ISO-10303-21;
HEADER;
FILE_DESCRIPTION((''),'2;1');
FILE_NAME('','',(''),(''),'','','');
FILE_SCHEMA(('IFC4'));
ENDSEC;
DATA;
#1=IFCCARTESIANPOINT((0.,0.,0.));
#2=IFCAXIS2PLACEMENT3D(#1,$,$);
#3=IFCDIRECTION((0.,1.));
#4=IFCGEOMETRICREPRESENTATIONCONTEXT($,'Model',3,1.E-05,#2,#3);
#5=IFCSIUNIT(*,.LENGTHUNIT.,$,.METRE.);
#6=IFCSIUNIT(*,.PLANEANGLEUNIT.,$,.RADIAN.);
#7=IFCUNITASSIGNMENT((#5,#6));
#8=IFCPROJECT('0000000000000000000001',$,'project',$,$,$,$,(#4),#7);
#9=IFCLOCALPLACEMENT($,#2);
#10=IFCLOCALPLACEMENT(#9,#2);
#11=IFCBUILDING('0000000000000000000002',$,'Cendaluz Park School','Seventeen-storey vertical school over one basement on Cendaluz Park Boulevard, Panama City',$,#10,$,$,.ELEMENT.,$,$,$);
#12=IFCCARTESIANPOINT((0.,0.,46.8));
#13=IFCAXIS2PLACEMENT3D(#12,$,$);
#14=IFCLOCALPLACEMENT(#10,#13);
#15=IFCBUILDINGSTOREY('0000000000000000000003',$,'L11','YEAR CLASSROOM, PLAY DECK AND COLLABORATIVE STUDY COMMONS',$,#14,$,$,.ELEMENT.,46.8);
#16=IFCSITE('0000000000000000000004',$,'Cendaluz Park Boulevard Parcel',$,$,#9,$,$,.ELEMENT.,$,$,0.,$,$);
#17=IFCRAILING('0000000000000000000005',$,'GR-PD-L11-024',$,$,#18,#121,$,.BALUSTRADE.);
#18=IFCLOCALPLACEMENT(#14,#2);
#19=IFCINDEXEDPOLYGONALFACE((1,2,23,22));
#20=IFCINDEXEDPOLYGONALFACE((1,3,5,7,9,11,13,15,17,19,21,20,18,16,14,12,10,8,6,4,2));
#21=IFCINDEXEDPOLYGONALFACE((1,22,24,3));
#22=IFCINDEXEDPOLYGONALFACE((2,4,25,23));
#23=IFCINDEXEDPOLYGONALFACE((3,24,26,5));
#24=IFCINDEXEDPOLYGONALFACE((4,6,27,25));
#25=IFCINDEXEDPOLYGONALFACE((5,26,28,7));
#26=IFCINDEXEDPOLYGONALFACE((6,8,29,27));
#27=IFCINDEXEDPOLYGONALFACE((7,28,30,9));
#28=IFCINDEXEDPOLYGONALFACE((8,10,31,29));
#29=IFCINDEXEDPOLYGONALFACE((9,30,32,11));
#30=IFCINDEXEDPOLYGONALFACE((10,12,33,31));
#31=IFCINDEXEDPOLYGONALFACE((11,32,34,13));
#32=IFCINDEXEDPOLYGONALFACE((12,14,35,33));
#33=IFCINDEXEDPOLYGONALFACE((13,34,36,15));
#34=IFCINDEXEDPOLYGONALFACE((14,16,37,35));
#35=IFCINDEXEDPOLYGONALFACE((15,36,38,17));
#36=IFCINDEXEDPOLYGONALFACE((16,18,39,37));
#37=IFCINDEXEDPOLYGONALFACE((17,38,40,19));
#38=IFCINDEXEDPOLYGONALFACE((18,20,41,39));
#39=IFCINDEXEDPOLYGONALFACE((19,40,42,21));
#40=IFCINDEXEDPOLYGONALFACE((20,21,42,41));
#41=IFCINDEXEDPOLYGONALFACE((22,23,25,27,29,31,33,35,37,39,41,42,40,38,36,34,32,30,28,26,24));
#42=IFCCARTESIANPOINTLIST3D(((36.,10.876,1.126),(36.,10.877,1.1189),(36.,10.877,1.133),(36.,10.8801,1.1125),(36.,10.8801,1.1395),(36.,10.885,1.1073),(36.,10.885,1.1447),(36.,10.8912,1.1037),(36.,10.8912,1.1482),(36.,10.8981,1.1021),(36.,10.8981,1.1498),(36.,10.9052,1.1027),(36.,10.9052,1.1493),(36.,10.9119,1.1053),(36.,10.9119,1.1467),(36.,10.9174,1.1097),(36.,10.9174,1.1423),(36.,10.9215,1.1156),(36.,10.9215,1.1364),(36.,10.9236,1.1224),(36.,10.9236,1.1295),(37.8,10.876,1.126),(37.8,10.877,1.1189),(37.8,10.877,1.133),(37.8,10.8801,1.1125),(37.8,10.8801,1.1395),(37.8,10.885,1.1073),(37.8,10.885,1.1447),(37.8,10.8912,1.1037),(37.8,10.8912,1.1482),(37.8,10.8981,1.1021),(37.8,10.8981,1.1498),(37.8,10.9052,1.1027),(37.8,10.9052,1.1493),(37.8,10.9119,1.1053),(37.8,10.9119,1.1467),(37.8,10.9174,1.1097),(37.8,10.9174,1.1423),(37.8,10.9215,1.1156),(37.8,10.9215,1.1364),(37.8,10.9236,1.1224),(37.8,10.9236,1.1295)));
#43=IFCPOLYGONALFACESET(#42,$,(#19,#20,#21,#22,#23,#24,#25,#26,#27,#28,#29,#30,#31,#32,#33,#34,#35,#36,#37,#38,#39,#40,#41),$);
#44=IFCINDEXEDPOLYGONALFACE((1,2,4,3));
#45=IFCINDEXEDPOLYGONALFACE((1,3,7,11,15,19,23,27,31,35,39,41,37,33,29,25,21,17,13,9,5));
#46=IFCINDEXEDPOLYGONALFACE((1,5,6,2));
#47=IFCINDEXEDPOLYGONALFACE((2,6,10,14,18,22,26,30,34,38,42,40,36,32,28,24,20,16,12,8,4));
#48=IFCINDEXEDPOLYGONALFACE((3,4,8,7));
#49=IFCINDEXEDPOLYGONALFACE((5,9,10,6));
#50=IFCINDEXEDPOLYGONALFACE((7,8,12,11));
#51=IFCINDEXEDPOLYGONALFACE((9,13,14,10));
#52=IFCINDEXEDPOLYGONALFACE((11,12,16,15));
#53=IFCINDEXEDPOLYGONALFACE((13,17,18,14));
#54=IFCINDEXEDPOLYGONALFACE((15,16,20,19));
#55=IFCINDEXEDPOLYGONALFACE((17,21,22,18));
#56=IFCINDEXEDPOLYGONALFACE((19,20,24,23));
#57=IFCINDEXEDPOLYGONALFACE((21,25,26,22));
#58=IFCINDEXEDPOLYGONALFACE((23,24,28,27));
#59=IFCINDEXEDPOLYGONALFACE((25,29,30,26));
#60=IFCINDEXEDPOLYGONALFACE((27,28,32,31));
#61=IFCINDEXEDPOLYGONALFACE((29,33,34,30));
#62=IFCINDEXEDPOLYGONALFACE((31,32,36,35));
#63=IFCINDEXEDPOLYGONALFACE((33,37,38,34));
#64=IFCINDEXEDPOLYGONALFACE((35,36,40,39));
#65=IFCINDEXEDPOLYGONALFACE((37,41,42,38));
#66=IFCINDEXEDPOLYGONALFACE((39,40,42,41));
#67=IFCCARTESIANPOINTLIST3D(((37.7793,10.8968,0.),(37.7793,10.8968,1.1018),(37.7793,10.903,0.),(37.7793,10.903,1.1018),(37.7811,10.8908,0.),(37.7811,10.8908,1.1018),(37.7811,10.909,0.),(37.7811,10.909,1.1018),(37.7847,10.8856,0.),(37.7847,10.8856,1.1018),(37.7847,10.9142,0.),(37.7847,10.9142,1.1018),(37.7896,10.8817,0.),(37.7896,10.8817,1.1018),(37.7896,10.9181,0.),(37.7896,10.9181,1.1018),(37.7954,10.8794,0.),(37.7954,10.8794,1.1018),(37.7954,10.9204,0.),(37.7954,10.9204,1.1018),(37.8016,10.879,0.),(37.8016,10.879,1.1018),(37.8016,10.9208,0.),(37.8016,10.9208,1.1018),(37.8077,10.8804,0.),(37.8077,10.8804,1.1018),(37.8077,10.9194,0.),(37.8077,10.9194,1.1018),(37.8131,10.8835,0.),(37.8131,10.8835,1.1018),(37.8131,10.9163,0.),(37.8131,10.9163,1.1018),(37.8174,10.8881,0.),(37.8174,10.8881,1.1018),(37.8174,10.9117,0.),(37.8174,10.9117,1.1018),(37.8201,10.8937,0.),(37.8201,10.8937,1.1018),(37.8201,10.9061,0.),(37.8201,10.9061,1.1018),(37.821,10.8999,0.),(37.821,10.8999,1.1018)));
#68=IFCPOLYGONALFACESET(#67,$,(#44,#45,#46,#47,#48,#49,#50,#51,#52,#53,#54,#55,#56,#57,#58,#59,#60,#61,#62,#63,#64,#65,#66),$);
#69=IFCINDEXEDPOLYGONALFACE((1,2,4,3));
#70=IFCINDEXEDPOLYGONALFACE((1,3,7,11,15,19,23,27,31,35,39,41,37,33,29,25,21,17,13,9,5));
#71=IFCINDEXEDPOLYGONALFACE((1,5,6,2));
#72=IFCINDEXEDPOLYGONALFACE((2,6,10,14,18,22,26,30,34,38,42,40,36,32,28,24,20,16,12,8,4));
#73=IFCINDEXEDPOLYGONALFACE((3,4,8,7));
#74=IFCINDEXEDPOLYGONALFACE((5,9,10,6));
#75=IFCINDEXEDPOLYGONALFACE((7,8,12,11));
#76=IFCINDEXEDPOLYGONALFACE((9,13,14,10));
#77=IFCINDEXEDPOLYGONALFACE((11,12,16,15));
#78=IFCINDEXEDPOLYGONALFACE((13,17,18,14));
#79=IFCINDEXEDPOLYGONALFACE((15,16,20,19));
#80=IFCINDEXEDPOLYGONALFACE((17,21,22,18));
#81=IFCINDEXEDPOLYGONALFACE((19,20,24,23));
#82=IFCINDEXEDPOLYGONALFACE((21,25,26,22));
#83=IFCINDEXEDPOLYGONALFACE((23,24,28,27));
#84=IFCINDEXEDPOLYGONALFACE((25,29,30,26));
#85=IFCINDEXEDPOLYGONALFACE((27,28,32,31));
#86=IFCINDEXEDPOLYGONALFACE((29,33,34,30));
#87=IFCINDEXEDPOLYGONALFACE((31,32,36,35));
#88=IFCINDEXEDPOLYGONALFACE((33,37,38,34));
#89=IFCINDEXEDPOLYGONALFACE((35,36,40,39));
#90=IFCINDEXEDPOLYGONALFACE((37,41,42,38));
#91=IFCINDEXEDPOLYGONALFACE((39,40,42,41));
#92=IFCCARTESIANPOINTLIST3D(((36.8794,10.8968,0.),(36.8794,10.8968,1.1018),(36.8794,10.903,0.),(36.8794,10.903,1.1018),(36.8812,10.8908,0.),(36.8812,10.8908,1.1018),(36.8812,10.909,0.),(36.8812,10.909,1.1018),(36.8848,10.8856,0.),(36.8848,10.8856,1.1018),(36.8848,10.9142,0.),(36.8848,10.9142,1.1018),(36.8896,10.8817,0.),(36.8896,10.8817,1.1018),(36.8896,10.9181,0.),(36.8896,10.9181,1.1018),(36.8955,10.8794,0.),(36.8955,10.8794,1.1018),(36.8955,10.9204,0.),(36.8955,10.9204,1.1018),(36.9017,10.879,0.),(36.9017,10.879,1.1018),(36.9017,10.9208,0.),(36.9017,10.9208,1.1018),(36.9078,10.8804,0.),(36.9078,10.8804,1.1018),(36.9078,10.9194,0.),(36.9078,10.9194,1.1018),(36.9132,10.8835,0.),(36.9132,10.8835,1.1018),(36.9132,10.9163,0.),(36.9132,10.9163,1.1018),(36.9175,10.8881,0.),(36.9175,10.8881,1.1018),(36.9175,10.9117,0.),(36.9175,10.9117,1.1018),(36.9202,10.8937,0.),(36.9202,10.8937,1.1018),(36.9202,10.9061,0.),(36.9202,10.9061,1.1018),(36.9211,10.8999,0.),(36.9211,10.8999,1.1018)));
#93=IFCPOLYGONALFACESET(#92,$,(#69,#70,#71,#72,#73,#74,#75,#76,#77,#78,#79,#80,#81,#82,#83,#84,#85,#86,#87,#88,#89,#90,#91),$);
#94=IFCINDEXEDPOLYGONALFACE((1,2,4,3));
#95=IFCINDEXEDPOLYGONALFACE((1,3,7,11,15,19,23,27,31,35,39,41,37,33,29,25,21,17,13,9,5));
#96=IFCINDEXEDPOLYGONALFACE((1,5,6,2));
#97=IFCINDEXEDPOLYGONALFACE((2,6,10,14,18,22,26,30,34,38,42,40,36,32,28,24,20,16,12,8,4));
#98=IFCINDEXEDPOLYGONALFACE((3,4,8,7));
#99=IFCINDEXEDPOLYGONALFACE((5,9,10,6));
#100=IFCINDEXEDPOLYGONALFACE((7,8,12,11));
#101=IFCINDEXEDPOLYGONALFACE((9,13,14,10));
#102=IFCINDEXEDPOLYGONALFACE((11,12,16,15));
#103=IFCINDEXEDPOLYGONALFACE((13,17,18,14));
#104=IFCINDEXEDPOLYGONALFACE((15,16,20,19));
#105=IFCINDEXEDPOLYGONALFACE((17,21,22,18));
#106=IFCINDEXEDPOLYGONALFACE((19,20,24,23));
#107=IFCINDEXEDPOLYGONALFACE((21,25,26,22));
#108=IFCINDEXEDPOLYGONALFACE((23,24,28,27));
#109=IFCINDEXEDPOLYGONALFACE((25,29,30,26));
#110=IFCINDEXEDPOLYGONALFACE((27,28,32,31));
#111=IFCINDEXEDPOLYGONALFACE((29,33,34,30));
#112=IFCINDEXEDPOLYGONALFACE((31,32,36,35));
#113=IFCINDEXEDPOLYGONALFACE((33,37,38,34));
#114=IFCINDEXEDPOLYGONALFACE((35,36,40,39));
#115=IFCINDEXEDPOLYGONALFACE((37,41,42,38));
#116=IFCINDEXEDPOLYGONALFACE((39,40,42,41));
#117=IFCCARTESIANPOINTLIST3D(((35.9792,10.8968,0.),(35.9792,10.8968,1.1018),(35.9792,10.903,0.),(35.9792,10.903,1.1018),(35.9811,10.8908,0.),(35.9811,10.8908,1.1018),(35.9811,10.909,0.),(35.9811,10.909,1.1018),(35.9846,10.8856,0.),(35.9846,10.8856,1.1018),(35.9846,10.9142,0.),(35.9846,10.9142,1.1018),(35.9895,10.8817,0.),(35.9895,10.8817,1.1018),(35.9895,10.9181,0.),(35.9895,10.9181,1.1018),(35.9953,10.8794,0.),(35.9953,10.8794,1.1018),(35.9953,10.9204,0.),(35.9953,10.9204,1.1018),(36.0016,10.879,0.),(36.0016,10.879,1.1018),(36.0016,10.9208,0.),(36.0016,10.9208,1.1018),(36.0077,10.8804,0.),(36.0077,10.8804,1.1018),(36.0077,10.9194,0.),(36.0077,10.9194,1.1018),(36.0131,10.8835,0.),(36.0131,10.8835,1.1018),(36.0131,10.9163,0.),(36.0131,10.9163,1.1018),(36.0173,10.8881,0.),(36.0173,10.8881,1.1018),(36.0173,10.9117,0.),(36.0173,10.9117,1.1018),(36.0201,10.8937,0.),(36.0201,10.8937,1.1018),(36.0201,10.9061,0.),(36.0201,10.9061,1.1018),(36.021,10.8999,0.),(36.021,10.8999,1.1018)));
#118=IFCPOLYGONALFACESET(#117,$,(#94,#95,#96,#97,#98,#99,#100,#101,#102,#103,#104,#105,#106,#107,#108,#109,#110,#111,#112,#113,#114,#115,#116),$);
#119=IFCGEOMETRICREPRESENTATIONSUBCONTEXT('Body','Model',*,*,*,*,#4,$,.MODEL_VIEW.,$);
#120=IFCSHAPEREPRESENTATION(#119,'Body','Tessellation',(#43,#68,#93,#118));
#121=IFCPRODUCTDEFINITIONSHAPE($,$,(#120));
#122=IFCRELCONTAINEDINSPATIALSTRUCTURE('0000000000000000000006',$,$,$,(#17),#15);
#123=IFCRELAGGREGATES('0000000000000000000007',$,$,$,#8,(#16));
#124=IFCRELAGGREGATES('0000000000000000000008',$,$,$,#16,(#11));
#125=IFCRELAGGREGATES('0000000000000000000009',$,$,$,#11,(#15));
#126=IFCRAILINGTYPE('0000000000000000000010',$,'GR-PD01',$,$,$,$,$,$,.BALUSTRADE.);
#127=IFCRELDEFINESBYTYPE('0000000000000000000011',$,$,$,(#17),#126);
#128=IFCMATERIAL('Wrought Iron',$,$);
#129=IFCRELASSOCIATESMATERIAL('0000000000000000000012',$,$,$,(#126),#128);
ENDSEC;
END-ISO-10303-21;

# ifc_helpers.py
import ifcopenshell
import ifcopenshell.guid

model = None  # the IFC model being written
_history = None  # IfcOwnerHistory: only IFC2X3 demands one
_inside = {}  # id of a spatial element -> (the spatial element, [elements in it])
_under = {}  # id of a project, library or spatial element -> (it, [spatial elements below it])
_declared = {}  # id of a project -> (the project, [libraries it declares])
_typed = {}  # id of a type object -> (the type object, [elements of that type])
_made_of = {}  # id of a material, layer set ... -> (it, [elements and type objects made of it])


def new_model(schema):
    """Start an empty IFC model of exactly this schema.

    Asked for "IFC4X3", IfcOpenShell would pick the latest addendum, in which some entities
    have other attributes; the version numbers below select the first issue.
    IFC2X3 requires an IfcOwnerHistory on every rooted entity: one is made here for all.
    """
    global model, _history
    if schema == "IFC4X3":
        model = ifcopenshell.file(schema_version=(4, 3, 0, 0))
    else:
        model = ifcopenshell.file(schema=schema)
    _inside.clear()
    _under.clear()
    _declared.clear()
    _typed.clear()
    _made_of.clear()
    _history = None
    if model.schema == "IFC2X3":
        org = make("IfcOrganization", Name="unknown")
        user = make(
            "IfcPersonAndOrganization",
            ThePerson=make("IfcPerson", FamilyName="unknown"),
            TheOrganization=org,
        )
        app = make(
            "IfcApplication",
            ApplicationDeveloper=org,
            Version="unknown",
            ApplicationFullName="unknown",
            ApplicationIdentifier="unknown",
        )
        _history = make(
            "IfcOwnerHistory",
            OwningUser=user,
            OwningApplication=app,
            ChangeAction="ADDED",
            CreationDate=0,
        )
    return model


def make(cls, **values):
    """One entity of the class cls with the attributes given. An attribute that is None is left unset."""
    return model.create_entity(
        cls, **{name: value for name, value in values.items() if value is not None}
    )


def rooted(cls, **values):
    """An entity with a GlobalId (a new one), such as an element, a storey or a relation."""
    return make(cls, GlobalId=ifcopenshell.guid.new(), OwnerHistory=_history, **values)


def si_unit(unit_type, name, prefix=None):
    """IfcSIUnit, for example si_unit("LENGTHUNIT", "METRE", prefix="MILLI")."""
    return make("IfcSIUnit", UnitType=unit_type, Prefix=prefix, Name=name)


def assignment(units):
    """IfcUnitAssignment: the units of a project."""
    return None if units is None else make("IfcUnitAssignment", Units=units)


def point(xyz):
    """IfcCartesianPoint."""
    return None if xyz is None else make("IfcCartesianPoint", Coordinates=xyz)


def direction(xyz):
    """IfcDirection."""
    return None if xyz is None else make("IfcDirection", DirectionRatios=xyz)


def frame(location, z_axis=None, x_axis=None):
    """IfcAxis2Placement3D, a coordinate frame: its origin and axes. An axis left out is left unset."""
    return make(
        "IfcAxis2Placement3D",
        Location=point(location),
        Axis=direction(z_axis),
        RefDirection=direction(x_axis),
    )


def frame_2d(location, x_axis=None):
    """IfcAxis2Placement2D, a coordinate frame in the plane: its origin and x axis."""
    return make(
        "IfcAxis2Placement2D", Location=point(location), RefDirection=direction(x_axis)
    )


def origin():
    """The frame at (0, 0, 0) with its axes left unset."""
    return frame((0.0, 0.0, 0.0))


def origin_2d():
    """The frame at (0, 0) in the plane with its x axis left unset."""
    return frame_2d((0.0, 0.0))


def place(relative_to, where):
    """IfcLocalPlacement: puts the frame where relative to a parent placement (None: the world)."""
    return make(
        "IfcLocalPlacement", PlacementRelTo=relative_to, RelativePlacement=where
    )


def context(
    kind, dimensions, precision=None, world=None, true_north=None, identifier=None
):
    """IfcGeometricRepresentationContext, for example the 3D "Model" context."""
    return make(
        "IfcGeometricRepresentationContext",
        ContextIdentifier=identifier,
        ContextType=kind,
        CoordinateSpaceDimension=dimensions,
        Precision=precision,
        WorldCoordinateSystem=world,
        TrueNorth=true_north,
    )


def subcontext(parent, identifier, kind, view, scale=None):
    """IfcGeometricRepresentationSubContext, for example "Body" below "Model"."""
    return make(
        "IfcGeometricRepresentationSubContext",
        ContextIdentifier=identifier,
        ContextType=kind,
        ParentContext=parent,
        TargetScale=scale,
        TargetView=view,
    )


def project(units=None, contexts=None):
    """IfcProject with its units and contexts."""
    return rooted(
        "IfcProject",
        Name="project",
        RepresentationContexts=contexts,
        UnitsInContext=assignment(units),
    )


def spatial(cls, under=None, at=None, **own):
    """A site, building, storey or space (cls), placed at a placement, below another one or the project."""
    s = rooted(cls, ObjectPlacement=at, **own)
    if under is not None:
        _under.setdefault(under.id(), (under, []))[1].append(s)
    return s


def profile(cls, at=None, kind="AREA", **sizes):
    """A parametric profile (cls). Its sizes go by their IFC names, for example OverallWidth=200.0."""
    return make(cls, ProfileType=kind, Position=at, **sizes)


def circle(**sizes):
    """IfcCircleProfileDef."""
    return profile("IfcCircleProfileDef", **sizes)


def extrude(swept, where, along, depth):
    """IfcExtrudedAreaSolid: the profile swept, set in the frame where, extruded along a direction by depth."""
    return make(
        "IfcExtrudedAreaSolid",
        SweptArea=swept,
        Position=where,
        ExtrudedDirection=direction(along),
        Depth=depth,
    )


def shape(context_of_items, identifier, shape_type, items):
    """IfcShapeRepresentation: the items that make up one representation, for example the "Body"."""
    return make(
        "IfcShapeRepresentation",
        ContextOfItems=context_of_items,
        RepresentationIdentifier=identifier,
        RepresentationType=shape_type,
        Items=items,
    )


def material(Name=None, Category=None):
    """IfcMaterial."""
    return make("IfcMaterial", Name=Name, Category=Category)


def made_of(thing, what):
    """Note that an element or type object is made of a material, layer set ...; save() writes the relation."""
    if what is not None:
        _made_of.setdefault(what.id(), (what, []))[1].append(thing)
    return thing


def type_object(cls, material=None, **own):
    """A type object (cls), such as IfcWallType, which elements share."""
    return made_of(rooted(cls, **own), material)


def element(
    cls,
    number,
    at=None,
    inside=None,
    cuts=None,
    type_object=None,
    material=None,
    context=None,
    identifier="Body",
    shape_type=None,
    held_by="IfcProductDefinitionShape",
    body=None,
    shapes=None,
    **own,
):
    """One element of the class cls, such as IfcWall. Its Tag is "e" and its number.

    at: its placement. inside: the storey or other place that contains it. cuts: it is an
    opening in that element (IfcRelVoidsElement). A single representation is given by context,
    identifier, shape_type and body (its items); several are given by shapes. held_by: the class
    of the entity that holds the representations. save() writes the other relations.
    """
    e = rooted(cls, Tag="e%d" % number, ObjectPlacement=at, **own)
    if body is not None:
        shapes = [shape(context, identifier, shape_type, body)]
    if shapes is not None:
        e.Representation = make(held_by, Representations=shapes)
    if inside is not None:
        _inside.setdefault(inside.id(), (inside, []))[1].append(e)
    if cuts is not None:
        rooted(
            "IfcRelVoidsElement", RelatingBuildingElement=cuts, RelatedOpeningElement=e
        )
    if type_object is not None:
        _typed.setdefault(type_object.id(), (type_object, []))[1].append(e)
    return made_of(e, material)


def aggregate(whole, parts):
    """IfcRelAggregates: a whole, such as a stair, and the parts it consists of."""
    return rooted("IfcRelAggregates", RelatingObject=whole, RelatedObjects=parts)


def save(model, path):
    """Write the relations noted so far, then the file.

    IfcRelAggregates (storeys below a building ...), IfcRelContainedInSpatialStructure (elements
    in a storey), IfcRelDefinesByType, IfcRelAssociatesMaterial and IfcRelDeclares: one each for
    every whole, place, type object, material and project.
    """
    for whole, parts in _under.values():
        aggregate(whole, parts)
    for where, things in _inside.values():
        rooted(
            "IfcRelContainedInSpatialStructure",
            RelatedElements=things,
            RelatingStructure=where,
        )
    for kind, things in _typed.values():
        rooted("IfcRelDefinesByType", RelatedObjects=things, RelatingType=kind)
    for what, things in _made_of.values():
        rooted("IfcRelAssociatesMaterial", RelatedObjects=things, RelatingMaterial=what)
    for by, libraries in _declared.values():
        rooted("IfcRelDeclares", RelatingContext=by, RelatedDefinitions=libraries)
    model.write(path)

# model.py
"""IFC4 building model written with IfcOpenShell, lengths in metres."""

from ifc_helpers import new_model, si_unit, direction, frame, origin, origin_2d, place, context, subcontext, project, spatial, circle, extrude, material, type_object, element, save


model = new_model("IFC4")

# Units and contexts
model_context = context("Model", 3, precision=1e-05, world=origin(), true_north=direction((0.0, 1.0)))
body_context = subcontext(model_context, "Body", "Model", "MODEL_VIEW")
ifc_project = project(units=[si_unit("LENGTHUNIT", "METRE"), si_unit("PLANEANGLEUNIT", "RADIAN")], contexts=[model_context])

# Site, building, storey
site_placement = place(None, origin())
site = spatial("IfcSite", under=ifc_project, at=site_placement, Name="Cendaluz Park Boulevard Parcel", CompositionType="ELEMENT", RefElevation=0.0)
building_placement = place(site_placement, origin())
building = spatial("IfcBuilding", under=site, at=building_placement, Name="Cendaluz Park School", Description="Seventeen-storey vertical school over one basement on Cendaluz Park Boulevard, Panama City", CompositionType="ELEMENT")
storey_placement = place(building_placement, frame((0.0, 0.0, 46.8)))
storey = spatial("IfcBuildingStorey", under=building, at=storey_placement, Name="L11", Description="YEAR CLASSROOM, PLAY DECK AND COLLABORATIVE STUDY COMMONS", CompositionType="ELEMENT", Elevation=46.8)

# Railing
ifc_material_1 = material(Name="Wrought Iron")
railing_type = type_object("IfcRailingType", Name="GR-PD01", PredefinedType="BALUSTRADE", material=ifc_material_1)
railing_1_placement = place(storey_placement, frame((37.8, 10.8999, 0.0)))
element("IfcRailing", 1, at=railing_1_placement, inside=storey, type_object=railing_type, Name="GR-PD-L11-024", PredefinedType="BALUSTRADE", context=body_context, shape_type="SweptSolid", body=[
    extrude(circle(Radius=0.0239, at=origin_2d()), frame((0.0, 0.0, 1.126), z_axis=(-1.0, 0.0, 0.0), x_axis=(0.0, -1.0, 0.0)), (0.0, 0.0, 1.0), 1.8),
    extrude(circle(Radius=0.021, at=origin_2d()), origin(), (0.0, 0.0, 1.0), 1.1018),
    extrude(circle(Radius=0.021, at=origin_2d()), frame((-0.8999, 0.0, 0.0)), (0.0, 0.0, 1.0), 1.1018),
    extrude(circle(Radius=0.021, at=origin_2d()), frame((-1.8, 0.0, 0.0)), (0.0, 0.0, 1.0), 1.1018),
])

save(model, "model.ifc")
